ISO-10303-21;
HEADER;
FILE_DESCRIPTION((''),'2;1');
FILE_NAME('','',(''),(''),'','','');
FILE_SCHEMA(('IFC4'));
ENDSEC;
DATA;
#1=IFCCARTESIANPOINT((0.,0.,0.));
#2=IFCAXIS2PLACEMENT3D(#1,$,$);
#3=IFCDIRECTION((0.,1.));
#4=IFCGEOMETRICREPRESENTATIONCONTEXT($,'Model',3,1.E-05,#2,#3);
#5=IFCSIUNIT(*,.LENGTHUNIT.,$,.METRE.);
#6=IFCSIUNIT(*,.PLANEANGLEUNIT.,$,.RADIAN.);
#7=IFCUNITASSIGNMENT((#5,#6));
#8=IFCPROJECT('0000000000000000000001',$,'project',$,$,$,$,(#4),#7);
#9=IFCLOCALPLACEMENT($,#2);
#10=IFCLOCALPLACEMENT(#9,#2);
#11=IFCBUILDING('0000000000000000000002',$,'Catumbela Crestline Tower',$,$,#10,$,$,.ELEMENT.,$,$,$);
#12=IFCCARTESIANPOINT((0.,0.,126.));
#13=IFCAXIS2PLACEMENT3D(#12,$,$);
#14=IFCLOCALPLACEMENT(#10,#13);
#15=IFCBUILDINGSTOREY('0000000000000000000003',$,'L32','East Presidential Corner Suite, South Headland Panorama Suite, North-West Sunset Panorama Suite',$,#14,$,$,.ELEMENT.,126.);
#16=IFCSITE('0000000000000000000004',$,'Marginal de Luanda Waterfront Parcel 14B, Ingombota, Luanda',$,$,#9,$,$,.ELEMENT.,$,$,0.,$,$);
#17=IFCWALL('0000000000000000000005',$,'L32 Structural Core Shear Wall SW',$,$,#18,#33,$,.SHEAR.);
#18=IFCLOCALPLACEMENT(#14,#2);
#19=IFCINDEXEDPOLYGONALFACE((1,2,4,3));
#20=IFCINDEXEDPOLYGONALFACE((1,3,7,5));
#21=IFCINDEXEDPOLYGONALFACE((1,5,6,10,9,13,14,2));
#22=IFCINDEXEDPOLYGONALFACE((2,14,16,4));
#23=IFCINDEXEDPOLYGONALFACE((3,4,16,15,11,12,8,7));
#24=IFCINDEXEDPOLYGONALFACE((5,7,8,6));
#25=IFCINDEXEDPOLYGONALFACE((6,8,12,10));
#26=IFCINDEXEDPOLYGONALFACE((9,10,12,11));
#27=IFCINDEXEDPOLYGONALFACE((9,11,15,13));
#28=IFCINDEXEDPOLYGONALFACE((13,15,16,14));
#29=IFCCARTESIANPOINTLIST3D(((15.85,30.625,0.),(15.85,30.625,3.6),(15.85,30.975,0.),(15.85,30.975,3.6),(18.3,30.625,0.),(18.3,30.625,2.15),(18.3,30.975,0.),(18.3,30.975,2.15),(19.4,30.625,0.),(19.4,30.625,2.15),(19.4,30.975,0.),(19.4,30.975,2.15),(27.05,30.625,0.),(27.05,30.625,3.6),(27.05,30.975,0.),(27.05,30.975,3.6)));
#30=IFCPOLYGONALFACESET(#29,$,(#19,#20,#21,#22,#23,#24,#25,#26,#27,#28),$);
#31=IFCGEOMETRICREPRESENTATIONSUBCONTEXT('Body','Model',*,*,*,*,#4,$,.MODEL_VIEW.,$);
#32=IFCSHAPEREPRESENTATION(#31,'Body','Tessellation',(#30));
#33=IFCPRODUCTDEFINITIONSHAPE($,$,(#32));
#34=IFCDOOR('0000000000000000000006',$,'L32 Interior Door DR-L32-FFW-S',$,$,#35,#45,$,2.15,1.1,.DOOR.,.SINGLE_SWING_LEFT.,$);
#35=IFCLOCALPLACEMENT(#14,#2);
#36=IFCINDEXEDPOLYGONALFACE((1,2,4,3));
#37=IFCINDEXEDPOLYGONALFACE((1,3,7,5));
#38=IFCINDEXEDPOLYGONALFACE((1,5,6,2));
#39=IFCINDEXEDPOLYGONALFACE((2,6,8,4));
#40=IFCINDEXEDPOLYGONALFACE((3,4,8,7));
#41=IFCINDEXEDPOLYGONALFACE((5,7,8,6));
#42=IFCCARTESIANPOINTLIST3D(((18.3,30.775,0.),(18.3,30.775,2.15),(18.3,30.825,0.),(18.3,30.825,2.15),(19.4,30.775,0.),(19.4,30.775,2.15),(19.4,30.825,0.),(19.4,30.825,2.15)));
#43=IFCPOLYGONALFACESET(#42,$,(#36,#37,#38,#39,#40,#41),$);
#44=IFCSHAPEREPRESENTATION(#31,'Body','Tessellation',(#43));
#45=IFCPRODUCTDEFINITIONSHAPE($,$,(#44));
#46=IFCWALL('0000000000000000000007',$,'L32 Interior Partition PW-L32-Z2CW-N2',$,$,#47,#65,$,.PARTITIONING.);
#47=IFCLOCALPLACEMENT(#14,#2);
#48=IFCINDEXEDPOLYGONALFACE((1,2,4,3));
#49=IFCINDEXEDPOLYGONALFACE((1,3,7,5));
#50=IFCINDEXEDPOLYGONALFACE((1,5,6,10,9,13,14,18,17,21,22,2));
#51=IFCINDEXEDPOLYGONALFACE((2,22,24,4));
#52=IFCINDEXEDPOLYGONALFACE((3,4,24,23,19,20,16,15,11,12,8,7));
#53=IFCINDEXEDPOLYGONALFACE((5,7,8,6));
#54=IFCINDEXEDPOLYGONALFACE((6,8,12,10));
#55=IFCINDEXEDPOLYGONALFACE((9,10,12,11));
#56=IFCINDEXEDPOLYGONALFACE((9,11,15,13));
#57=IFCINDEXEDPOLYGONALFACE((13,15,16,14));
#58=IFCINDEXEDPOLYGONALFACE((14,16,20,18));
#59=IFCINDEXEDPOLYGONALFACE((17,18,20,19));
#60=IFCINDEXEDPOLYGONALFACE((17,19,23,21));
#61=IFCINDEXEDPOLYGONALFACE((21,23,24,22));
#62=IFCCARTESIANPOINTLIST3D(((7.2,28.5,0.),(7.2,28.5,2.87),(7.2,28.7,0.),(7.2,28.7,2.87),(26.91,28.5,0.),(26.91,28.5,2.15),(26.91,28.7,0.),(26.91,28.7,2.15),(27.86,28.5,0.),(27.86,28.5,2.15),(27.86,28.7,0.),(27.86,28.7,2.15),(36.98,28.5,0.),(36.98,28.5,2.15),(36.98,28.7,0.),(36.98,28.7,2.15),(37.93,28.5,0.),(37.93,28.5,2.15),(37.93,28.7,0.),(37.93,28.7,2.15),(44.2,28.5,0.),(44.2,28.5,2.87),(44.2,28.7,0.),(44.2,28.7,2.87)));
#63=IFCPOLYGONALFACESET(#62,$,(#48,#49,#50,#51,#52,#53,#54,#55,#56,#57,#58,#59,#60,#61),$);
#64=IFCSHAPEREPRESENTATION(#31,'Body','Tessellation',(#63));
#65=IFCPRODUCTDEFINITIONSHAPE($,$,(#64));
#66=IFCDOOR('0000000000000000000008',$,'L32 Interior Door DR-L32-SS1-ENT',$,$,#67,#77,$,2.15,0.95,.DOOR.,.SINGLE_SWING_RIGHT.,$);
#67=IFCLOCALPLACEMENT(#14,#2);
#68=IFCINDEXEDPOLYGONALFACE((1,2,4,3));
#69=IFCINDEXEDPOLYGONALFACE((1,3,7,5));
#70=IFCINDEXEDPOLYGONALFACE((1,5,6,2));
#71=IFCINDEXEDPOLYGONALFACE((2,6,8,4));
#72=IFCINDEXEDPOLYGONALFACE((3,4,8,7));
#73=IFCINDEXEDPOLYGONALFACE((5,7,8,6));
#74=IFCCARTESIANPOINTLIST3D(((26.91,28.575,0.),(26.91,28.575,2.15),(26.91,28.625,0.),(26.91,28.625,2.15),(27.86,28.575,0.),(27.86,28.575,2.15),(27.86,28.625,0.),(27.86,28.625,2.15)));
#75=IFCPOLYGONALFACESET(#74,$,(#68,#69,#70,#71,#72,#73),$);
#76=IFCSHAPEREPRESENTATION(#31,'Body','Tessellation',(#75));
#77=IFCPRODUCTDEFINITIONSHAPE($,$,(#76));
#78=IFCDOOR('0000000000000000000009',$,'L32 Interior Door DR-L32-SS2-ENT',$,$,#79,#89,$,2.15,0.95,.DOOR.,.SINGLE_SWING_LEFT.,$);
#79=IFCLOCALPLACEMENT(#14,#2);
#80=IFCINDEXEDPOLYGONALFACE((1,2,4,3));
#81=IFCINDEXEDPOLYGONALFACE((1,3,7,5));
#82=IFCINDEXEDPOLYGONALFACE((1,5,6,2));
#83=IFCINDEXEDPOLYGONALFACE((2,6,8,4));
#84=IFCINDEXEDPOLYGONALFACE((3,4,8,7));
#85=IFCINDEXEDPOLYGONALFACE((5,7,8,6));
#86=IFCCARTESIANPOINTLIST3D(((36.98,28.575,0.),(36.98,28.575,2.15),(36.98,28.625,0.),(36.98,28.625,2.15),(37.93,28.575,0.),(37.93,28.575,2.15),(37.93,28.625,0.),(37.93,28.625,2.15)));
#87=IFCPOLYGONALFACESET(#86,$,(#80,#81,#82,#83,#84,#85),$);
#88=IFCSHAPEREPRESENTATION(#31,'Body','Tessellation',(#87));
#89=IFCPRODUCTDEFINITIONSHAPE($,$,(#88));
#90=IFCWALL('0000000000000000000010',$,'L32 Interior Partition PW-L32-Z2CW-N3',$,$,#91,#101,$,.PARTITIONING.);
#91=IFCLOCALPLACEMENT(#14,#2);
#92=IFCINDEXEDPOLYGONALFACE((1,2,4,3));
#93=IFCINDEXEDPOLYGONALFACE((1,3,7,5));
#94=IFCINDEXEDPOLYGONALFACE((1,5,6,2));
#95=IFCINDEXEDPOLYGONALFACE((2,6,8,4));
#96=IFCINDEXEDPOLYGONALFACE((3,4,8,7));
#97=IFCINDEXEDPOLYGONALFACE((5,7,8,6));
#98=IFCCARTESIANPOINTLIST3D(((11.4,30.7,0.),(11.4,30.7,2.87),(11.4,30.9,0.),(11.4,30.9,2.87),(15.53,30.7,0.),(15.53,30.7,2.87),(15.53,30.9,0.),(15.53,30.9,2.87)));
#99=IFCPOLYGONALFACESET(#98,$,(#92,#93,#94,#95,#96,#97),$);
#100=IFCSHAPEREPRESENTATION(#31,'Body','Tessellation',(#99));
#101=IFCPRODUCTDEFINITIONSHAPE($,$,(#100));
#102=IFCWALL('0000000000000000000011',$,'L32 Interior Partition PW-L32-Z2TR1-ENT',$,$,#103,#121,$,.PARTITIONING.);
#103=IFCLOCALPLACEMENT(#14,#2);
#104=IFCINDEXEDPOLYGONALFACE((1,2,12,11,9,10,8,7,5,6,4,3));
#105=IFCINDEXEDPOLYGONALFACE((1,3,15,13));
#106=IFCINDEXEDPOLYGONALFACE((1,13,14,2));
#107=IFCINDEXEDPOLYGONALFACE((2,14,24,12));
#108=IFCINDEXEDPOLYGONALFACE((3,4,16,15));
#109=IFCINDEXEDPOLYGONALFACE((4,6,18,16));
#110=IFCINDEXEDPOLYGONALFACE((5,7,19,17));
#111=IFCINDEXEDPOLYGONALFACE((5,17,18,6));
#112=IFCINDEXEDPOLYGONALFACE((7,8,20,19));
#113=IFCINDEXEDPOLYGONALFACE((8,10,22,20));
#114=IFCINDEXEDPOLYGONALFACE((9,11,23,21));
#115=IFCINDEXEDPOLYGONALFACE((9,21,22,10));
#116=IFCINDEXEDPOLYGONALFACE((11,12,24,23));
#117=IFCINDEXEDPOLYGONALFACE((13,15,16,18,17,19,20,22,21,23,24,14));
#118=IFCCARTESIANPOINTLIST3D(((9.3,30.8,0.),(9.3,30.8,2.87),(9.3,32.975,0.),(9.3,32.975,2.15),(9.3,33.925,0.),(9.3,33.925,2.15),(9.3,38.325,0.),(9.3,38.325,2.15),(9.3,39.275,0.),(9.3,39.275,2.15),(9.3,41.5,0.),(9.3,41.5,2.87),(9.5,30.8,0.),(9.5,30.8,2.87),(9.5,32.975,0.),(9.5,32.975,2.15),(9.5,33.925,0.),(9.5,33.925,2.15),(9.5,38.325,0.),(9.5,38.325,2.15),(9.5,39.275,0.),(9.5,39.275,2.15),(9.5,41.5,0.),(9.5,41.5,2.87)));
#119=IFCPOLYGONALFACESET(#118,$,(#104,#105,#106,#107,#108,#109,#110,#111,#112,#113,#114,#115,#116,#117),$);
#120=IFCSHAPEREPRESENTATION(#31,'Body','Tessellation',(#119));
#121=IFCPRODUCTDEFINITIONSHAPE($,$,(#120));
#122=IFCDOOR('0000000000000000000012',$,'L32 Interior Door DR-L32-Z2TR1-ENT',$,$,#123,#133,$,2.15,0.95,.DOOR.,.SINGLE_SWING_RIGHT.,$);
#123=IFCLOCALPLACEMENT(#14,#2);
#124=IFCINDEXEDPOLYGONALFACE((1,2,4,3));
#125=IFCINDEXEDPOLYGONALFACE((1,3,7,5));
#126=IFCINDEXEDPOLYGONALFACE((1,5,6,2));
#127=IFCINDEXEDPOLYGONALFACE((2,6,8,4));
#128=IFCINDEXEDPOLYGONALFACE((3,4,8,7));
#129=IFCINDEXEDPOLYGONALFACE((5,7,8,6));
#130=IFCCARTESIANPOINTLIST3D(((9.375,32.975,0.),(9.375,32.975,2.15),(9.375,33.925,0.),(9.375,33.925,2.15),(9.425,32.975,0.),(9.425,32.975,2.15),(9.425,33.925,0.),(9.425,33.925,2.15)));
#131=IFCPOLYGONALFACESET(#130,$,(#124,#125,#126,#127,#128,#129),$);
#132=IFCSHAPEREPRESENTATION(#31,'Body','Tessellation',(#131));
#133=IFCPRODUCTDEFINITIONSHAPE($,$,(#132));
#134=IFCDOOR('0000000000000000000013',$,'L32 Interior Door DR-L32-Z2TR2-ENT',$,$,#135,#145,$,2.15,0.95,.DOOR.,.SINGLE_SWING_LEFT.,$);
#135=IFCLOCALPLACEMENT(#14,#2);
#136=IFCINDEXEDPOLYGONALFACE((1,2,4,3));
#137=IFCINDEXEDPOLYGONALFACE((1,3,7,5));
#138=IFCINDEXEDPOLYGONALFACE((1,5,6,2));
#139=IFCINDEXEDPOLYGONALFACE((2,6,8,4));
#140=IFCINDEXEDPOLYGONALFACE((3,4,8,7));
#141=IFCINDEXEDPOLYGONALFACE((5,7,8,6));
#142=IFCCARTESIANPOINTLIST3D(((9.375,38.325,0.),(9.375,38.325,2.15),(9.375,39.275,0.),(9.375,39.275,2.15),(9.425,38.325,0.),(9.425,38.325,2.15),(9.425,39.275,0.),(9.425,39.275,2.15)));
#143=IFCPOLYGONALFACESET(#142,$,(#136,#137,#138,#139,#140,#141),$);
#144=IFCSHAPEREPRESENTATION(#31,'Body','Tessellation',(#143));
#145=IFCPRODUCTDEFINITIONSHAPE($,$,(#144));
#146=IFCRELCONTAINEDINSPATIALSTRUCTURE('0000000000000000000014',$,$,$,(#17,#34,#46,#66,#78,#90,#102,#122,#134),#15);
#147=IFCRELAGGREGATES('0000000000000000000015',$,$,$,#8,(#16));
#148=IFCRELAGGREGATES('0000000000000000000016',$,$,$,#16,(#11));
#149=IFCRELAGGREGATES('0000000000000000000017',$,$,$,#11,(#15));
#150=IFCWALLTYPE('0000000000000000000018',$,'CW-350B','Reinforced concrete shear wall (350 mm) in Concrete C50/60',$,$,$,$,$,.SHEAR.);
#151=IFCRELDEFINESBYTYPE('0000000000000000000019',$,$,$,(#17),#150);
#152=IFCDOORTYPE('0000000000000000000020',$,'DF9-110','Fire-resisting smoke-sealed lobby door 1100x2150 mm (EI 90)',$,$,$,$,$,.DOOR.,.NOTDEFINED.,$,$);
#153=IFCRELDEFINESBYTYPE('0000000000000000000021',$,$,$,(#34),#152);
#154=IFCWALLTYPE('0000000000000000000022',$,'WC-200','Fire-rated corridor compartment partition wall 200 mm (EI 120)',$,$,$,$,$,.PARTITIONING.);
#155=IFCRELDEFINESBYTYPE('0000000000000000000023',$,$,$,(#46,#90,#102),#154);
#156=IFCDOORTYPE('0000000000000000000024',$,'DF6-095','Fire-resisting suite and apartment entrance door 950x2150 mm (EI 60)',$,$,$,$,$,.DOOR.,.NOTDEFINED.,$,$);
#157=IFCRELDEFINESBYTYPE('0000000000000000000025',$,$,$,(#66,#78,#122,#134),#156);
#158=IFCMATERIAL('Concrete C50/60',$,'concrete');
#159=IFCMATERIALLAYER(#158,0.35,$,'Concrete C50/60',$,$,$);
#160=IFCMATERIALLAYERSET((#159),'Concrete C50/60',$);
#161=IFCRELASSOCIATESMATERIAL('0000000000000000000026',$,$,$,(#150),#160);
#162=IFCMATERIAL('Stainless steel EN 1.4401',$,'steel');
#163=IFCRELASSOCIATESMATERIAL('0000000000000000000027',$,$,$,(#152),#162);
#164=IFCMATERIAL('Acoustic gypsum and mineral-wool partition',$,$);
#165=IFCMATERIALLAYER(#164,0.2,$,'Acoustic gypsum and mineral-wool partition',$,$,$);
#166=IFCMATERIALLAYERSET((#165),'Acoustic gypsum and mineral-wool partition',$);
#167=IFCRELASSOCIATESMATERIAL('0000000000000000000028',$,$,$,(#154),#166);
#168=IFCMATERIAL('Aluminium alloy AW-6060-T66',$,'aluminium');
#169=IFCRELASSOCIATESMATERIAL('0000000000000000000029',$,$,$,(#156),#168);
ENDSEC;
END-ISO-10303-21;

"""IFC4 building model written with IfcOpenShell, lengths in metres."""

from ifc_helpers import new_model, si_unit, direction, frame, frame_2d, origin, place, context, subcontext, project, spatial, rectangle, extrude, material, layer, layer_set, type_object, element, fill, save


model = new_model("IFC4")

# Units and contexts
model_context = context("Model", 3, precision=1e-05, world=origin(), true_north=direction((0.0, 1.0)))
body_context = subcontext(model_context, "Body", "Model", "MODEL_VIEW")
ifc_project = project(units=[si_unit("LENGTHUNIT", "METRE"), si_unit("PLANEANGLEUNIT", "RADIAN")], contexts=[model_context])

# Site, building, storey
site_placement = place(None, origin())
site = spatial("IfcSite", under=ifc_project, at=site_placement, Name="Marginal de Luanda Waterfront Parcel 14B, Ingombota, Luanda", CompositionType="ELEMENT", RefElevation=0.0)
building_placement = place(site_placement, origin())
building = spatial("IfcBuilding", under=site, at=building_placement, Name="Catumbela Crestline Tower", CompositionType="ELEMENT")
storey_placement = place(building_placement, frame((0.0, 0.0, 126.0)))
storey = spatial("IfcBuildingStorey", under=building, at=storey_placement, Name="L32", Description="East Presidential Corner Suite, South Headland Panorama Suite, North-West Sunset Panorama Suite", CompositionType="ELEMENT", Elevation=126.0)

# Shared definitions
ifc_material_1 = material(Name="Concrete C50/60", Category="concrete")
ifc_material_2 = material(Name="Stainless steel EN 1.4401", Category="steel")

# Shared definitions
ifc_layer_1 = layer(ifc_material_1, 0.35, Name="Concrete C50/60")
ifc_layer_set_1 = layer_set([ifc_layer_1], Name="Concrete C50/60")
wall_type_1 = type_object("IfcWallType", Name="CW-350B", Description="Reinforced concrete shear wall (350 mm) in Concrete C50/60", PredefinedType="SHEAR", material=ifc_layer_set_1)

# Wall, opening, door
wall_1_placement = place(storey_placement, frame((15.85, 30.8, 0.0), z_axis=(0.0, 0.0, 1.0), x_axis=(1.0, 0.0, 0.0)))
wall_1 = element("IfcWall", 1, at=wall_1_placement, inside=storey, type_object=wall_type_1, Name="L32 Structural Core Shear Wall SW", PredefinedType="SHEAR", context=body_context, shape_type="SweptSolid", body=[
    extrude(rectangle(XDim=11.2, YDim=0.35, at=frame_2d((5.6, 0.0))), origin(), (0.0, 0.0, 1.0), 3.6),
])
opening_1_placement = place(wall_1_placement, frame((2.45, 0.0, 0.0)))
opening_1 = element("IfcOpeningElement", 2, at=opening_1_placement, cuts=wall_1, PredefinedType="OPENING", context=body_context, shape_type="SweptSolid", body=[
    extrude(rectangle(XDim=1.1, YDim=2.15, at=frame_2d((0.55, 1.075))), frame((0.0, 0.185, 0.0), z_axis=(0.0, -1.0, 0.0), x_axis=(1.0, 0.0, 0.0)), (0.0, 0.0, 1.0), 0.37),
])
door_type_1 = type_object("IfcDoorType", Name="DF9-110", Description="Fire-resisting smoke-sealed lobby door 1100x2150 mm (EI 90)", OperationType="NOTDEFINED", PredefinedType="DOOR", material=ifc_material_2)
door_1_placement = place(opening_1_placement, origin())
door_1 = element("IfcDoor", 3, at=door_1_placement, inside=storey, type_object=door_type_1, Name="L32 Interior Door DR-L32-FFW-S", OperationType="SINGLE_SWING_LEFT", OverallHeight=2.15, OverallWidth=1.1, PredefinedType="DOOR", context=body_context, shape_type="SweptSolid", body=[
    extrude(rectangle(XDim=1.1, YDim=2.15, at=frame_2d((0.55, 1.075))), frame((0.0, 0.025, 0.0), z_axis=(0.0, -1.0, 0.0), x_axis=(1.0, 0.0, 0.0)), (0.0, 0.0, 1.0), 0.05),
])
fill(opening_1, door_1)

# Wall, openings, doors
ifc_material_3 = material(Name="Acoustic gypsum and mineral-wool partition")
ifc_layer_2 = layer(ifc_material_3, 0.2, Name="Acoustic gypsum and mineral-wool partition")
ifc_layer_set_2 = layer_set([ifc_layer_2], Name="Acoustic gypsum and mineral-wool partition")
wall_type_2 = type_object("IfcWallType", Name="WC-200", Description="Fire-rated corridor compartment partition wall 200 mm (EI 120)", PredefinedType="PARTITIONING", material=ifc_layer_set_2)
wall_2_placement = place(storey_placement, frame((7.2, 28.6, 0.0), z_axis=(0.0, 0.0, 1.0), x_axis=(1.0, 0.0, 0.0)))
wall_2 = element("IfcWall", 4, at=wall_2_placement, inside=storey, type_object=wall_type_2, Name="L32 Interior Partition PW-L32-Z2CW-N2", PredefinedType="PARTITIONING", context=body_context, shape_type="SweptSolid", body=[
    extrude(rectangle(XDim=37.0, YDim=0.2, at=frame_2d((18.5, 0.0))), origin(), (0.0, 0.0, 1.0), 2.87),
])
opening_2_placement = place(wall_2_placement, frame((19.71, 0.0, 0.0)))
opening_2 = element("IfcOpeningElement", 5, at=opening_2_placement, cuts=wall_2, PredefinedType="OPENING", context=body_context, shape_type="SweptSolid", body=[
    extrude(rectangle(XDim=0.95, YDim=2.15, at=frame_2d((0.475, 1.075))), frame((0.0, 0.11, 0.0), z_axis=(0.0, -1.0, 0.0), x_axis=(1.0, 0.0, 0.0)), (0.0, 0.0, 1.0), 0.22),
])
opening_3_placement = place(wall_2_placement, frame((29.78, 0.0, 0.0)))
opening_3 = element("IfcOpeningElement", 6, at=opening_3_placement, cuts=wall_2, PredefinedType="OPENING", context=body_context, shape_type="SweptSolid", body=[
    extrude(rectangle(XDim=0.95, YDim=2.15, at=frame_2d((0.475, 1.075))), frame((0.0, 0.11, 0.0), z_axis=(0.0, -1.0, 0.0), x_axis=(1.0, 0.0, 0.0)), (0.0, 0.0, 1.0), 0.22),
])
ifc_material_4 = material(Name="Aluminium alloy AW-6060-T66", Category="aluminium")
door_type_2 = type_object("IfcDoorType", Name="DF6-095", Description="Fire-resisting suite and apartment entrance door 950x2150 mm (EI 60)", OperationType="NOTDEFINED", PredefinedType="DOOR", material=ifc_material_4)
door_2_placement = place(opening_2_placement, origin())
door_2 = element("IfcDoor", 7, at=door_2_placement, inside=storey, type_object=door_type_2, Name="L32 Interior Door DR-L32-SS1-ENT", OperationType="SINGLE_SWING_RIGHT", OverallHeight=2.15, OverallWidth=0.95, PredefinedType="DOOR", context=body_context, shape_type="SweptSolid", body=[
    extrude(rectangle(XDim=0.95, YDim=2.15, at=frame_2d((0.475, 1.075))), frame((0.0, 0.025, 0.0), z_axis=(0.0, -1.0, 0.0), x_axis=(1.0, 0.0, 0.0)), (0.0, 0.0, 1.0), 0.05),
])
fill(opening_2, door_2)
door_3_placement = place(opening_3_placement, origin())
door_3 = element("IfcDoor", 8, at=door_3_placement, inside=storey, type_object=door_type_2, Name="L32 Interior Door DR-L32-SS2-ENT", OperationType="SINGLE_SWING_LEFT", OverallHeight=2.15, OverallWidth=0.95, PredefinedType="DOOR", context=body_context, shape_type="SweptSolid", body=[
    extrude(rectangle(XDim=0.95, YDim=2.15, at=frame_2d((0.475, 1.075))), frame((0.0, 0.025, 0.0), z_axis=(0.0, -1.0, 0.0), x_axis=(1.0, 0.0, 0.0)), (0.0, 0.0, 1.0), 0.05),
])
fill(opening_3, door_3)

# Wall
wall_3_placement = place(storey_placement, frame((11.4, 30.8, 0.0), z_axis=(0.0, 0.0, 1.0), x_axis=(1.0, 0.0, 0.0)))
element("IfcWall", 9, at=wall_3_placement, inside=storey, type_object=wall_type_2, Name="L32 Interior Partition PW-L32-Z2CW-N3", PredefinedType="PARTITIONING", context=body_context, shape_type="SweptSolid", body=[
    extrude(rectangle(XDim=4.13, YDim=0.2, at=frame_2d((2.065, 0.0))), origin(), (0.0, 0.0, 1.0), 2.87),
])

# Wall, openings, doors
wall_4_placement = place(storey_placement, frame((9.4, 30.8, 0.0), z_axis=(0.0, 0.0, 1.0), x_axis=(0.0, 1.0, 0.0)))
wall_4 = element("IfcWall", 10, at=wall_4_placement, inside=storey, type_object=wall_type_2, Name="L32 Interior Partition PW-L32-Z2TR1-ENT", PredefinedType="PARTITIONING", context=body_context, shape_type="SweptSolid", body=[
    extrude(rectangle(XDim=10.7, YDim=0.2, at=frame_2d((5.35, 0.0))), origin(), (0.0, 0.0, 1.0), 2.87),
])
opening_4_placement = place(wall_4_placement, frame((2.175, 0.0, 0.0)))
opening_4 = element("IfcOpeningElement", 11, at=opening_4_placement, cuts=wall_4, PredefinedType="OPENING", context=body_context, shape_type="SweptSolid", body=[
    extrude(rectangle(XDim=0.95, YDim=2.15, at=frame_2d((0.475, 1.075))), frame((0.0, 0.11, 0.0), z_axis=(0.0, -1.0, 0.0), x_axis=(1.0, 0.0, 0.0)), (0.0, 0.0, 1.0), 0.22),
])
opening_5_placement = place(wall_4_placement, frame((7.525, 0.0, 0.0)))
opening_5 = element("IfcOpeningElement", 12, at=opening_5_placement, cuts=wall_4, PredefinedType="OPENING", context=body_context, shape_type="SweptSolid", body=[
    extrude(rectangle(XDim=0.95, YDim=2.15, at=frame_2d((0.475, 1.075))), frame((0.0, 0.11, 0.0), z_axis=(0.0, -1.0, 0.0), x_axis=(1.0, 0.0, 0.0)), (0.0, 0.0, 1.0), 0.22),
])
door_4_placement = place(opening_4_placement, origin())
door_4 = element("IfcDoor", 13, at=door_4_placement, inside=storey, type_object=door_type_2, Name="L32 Interior Door DR-L32-Z2TR1-ENT", OperationType="SINGLE_SWING_RIGHT", OverallHeight=2.15, OverallWidth=0.95, PredefinedType="DOOR", context=body_context, shape_type="SweptSolid", body=[
    extrude(rectangle(XDim=0.95, YDim=2.15, at=frame_2d((0.475, 1.075))), frame((0.0, 0.025, 0.0), z_axis=(0.0, -1.0, 0.0), x_axis=(1.0, 0.0, 0.0)), (0.0, 0.0, 1.0), 0.05),
])
fill(opening_4, door_4)
door_5_placement = place(opening_5_placement, origin())
door_5 = element("IfcDoor", 14, at=door_5_placement, inside=storey, type_object=door_type_2, Name="L32 Interior Door DR-L32-Z2TR2-ENT", OperationType="SINGLE_SWING_LEFT", OverallHeight=2.15, OverallWidth=0.95, PredefinedType="DOOR", context=body_context, shape_type="SweptSolid", body=[
    extrude(rectangle(XDim=0.95, YDim=2.15, at=frame_2d((0.475, 1.075))), frame((0.0, 0.025, 0.0), z_axis=(0.0, -1.0, 0.0), x_axis=(1.0, 0.0, 0.0)), (0.0, 0.0, 1.0), 0.05),
])
fill(opening_5, door_5)

save(model, "model.ifc")
